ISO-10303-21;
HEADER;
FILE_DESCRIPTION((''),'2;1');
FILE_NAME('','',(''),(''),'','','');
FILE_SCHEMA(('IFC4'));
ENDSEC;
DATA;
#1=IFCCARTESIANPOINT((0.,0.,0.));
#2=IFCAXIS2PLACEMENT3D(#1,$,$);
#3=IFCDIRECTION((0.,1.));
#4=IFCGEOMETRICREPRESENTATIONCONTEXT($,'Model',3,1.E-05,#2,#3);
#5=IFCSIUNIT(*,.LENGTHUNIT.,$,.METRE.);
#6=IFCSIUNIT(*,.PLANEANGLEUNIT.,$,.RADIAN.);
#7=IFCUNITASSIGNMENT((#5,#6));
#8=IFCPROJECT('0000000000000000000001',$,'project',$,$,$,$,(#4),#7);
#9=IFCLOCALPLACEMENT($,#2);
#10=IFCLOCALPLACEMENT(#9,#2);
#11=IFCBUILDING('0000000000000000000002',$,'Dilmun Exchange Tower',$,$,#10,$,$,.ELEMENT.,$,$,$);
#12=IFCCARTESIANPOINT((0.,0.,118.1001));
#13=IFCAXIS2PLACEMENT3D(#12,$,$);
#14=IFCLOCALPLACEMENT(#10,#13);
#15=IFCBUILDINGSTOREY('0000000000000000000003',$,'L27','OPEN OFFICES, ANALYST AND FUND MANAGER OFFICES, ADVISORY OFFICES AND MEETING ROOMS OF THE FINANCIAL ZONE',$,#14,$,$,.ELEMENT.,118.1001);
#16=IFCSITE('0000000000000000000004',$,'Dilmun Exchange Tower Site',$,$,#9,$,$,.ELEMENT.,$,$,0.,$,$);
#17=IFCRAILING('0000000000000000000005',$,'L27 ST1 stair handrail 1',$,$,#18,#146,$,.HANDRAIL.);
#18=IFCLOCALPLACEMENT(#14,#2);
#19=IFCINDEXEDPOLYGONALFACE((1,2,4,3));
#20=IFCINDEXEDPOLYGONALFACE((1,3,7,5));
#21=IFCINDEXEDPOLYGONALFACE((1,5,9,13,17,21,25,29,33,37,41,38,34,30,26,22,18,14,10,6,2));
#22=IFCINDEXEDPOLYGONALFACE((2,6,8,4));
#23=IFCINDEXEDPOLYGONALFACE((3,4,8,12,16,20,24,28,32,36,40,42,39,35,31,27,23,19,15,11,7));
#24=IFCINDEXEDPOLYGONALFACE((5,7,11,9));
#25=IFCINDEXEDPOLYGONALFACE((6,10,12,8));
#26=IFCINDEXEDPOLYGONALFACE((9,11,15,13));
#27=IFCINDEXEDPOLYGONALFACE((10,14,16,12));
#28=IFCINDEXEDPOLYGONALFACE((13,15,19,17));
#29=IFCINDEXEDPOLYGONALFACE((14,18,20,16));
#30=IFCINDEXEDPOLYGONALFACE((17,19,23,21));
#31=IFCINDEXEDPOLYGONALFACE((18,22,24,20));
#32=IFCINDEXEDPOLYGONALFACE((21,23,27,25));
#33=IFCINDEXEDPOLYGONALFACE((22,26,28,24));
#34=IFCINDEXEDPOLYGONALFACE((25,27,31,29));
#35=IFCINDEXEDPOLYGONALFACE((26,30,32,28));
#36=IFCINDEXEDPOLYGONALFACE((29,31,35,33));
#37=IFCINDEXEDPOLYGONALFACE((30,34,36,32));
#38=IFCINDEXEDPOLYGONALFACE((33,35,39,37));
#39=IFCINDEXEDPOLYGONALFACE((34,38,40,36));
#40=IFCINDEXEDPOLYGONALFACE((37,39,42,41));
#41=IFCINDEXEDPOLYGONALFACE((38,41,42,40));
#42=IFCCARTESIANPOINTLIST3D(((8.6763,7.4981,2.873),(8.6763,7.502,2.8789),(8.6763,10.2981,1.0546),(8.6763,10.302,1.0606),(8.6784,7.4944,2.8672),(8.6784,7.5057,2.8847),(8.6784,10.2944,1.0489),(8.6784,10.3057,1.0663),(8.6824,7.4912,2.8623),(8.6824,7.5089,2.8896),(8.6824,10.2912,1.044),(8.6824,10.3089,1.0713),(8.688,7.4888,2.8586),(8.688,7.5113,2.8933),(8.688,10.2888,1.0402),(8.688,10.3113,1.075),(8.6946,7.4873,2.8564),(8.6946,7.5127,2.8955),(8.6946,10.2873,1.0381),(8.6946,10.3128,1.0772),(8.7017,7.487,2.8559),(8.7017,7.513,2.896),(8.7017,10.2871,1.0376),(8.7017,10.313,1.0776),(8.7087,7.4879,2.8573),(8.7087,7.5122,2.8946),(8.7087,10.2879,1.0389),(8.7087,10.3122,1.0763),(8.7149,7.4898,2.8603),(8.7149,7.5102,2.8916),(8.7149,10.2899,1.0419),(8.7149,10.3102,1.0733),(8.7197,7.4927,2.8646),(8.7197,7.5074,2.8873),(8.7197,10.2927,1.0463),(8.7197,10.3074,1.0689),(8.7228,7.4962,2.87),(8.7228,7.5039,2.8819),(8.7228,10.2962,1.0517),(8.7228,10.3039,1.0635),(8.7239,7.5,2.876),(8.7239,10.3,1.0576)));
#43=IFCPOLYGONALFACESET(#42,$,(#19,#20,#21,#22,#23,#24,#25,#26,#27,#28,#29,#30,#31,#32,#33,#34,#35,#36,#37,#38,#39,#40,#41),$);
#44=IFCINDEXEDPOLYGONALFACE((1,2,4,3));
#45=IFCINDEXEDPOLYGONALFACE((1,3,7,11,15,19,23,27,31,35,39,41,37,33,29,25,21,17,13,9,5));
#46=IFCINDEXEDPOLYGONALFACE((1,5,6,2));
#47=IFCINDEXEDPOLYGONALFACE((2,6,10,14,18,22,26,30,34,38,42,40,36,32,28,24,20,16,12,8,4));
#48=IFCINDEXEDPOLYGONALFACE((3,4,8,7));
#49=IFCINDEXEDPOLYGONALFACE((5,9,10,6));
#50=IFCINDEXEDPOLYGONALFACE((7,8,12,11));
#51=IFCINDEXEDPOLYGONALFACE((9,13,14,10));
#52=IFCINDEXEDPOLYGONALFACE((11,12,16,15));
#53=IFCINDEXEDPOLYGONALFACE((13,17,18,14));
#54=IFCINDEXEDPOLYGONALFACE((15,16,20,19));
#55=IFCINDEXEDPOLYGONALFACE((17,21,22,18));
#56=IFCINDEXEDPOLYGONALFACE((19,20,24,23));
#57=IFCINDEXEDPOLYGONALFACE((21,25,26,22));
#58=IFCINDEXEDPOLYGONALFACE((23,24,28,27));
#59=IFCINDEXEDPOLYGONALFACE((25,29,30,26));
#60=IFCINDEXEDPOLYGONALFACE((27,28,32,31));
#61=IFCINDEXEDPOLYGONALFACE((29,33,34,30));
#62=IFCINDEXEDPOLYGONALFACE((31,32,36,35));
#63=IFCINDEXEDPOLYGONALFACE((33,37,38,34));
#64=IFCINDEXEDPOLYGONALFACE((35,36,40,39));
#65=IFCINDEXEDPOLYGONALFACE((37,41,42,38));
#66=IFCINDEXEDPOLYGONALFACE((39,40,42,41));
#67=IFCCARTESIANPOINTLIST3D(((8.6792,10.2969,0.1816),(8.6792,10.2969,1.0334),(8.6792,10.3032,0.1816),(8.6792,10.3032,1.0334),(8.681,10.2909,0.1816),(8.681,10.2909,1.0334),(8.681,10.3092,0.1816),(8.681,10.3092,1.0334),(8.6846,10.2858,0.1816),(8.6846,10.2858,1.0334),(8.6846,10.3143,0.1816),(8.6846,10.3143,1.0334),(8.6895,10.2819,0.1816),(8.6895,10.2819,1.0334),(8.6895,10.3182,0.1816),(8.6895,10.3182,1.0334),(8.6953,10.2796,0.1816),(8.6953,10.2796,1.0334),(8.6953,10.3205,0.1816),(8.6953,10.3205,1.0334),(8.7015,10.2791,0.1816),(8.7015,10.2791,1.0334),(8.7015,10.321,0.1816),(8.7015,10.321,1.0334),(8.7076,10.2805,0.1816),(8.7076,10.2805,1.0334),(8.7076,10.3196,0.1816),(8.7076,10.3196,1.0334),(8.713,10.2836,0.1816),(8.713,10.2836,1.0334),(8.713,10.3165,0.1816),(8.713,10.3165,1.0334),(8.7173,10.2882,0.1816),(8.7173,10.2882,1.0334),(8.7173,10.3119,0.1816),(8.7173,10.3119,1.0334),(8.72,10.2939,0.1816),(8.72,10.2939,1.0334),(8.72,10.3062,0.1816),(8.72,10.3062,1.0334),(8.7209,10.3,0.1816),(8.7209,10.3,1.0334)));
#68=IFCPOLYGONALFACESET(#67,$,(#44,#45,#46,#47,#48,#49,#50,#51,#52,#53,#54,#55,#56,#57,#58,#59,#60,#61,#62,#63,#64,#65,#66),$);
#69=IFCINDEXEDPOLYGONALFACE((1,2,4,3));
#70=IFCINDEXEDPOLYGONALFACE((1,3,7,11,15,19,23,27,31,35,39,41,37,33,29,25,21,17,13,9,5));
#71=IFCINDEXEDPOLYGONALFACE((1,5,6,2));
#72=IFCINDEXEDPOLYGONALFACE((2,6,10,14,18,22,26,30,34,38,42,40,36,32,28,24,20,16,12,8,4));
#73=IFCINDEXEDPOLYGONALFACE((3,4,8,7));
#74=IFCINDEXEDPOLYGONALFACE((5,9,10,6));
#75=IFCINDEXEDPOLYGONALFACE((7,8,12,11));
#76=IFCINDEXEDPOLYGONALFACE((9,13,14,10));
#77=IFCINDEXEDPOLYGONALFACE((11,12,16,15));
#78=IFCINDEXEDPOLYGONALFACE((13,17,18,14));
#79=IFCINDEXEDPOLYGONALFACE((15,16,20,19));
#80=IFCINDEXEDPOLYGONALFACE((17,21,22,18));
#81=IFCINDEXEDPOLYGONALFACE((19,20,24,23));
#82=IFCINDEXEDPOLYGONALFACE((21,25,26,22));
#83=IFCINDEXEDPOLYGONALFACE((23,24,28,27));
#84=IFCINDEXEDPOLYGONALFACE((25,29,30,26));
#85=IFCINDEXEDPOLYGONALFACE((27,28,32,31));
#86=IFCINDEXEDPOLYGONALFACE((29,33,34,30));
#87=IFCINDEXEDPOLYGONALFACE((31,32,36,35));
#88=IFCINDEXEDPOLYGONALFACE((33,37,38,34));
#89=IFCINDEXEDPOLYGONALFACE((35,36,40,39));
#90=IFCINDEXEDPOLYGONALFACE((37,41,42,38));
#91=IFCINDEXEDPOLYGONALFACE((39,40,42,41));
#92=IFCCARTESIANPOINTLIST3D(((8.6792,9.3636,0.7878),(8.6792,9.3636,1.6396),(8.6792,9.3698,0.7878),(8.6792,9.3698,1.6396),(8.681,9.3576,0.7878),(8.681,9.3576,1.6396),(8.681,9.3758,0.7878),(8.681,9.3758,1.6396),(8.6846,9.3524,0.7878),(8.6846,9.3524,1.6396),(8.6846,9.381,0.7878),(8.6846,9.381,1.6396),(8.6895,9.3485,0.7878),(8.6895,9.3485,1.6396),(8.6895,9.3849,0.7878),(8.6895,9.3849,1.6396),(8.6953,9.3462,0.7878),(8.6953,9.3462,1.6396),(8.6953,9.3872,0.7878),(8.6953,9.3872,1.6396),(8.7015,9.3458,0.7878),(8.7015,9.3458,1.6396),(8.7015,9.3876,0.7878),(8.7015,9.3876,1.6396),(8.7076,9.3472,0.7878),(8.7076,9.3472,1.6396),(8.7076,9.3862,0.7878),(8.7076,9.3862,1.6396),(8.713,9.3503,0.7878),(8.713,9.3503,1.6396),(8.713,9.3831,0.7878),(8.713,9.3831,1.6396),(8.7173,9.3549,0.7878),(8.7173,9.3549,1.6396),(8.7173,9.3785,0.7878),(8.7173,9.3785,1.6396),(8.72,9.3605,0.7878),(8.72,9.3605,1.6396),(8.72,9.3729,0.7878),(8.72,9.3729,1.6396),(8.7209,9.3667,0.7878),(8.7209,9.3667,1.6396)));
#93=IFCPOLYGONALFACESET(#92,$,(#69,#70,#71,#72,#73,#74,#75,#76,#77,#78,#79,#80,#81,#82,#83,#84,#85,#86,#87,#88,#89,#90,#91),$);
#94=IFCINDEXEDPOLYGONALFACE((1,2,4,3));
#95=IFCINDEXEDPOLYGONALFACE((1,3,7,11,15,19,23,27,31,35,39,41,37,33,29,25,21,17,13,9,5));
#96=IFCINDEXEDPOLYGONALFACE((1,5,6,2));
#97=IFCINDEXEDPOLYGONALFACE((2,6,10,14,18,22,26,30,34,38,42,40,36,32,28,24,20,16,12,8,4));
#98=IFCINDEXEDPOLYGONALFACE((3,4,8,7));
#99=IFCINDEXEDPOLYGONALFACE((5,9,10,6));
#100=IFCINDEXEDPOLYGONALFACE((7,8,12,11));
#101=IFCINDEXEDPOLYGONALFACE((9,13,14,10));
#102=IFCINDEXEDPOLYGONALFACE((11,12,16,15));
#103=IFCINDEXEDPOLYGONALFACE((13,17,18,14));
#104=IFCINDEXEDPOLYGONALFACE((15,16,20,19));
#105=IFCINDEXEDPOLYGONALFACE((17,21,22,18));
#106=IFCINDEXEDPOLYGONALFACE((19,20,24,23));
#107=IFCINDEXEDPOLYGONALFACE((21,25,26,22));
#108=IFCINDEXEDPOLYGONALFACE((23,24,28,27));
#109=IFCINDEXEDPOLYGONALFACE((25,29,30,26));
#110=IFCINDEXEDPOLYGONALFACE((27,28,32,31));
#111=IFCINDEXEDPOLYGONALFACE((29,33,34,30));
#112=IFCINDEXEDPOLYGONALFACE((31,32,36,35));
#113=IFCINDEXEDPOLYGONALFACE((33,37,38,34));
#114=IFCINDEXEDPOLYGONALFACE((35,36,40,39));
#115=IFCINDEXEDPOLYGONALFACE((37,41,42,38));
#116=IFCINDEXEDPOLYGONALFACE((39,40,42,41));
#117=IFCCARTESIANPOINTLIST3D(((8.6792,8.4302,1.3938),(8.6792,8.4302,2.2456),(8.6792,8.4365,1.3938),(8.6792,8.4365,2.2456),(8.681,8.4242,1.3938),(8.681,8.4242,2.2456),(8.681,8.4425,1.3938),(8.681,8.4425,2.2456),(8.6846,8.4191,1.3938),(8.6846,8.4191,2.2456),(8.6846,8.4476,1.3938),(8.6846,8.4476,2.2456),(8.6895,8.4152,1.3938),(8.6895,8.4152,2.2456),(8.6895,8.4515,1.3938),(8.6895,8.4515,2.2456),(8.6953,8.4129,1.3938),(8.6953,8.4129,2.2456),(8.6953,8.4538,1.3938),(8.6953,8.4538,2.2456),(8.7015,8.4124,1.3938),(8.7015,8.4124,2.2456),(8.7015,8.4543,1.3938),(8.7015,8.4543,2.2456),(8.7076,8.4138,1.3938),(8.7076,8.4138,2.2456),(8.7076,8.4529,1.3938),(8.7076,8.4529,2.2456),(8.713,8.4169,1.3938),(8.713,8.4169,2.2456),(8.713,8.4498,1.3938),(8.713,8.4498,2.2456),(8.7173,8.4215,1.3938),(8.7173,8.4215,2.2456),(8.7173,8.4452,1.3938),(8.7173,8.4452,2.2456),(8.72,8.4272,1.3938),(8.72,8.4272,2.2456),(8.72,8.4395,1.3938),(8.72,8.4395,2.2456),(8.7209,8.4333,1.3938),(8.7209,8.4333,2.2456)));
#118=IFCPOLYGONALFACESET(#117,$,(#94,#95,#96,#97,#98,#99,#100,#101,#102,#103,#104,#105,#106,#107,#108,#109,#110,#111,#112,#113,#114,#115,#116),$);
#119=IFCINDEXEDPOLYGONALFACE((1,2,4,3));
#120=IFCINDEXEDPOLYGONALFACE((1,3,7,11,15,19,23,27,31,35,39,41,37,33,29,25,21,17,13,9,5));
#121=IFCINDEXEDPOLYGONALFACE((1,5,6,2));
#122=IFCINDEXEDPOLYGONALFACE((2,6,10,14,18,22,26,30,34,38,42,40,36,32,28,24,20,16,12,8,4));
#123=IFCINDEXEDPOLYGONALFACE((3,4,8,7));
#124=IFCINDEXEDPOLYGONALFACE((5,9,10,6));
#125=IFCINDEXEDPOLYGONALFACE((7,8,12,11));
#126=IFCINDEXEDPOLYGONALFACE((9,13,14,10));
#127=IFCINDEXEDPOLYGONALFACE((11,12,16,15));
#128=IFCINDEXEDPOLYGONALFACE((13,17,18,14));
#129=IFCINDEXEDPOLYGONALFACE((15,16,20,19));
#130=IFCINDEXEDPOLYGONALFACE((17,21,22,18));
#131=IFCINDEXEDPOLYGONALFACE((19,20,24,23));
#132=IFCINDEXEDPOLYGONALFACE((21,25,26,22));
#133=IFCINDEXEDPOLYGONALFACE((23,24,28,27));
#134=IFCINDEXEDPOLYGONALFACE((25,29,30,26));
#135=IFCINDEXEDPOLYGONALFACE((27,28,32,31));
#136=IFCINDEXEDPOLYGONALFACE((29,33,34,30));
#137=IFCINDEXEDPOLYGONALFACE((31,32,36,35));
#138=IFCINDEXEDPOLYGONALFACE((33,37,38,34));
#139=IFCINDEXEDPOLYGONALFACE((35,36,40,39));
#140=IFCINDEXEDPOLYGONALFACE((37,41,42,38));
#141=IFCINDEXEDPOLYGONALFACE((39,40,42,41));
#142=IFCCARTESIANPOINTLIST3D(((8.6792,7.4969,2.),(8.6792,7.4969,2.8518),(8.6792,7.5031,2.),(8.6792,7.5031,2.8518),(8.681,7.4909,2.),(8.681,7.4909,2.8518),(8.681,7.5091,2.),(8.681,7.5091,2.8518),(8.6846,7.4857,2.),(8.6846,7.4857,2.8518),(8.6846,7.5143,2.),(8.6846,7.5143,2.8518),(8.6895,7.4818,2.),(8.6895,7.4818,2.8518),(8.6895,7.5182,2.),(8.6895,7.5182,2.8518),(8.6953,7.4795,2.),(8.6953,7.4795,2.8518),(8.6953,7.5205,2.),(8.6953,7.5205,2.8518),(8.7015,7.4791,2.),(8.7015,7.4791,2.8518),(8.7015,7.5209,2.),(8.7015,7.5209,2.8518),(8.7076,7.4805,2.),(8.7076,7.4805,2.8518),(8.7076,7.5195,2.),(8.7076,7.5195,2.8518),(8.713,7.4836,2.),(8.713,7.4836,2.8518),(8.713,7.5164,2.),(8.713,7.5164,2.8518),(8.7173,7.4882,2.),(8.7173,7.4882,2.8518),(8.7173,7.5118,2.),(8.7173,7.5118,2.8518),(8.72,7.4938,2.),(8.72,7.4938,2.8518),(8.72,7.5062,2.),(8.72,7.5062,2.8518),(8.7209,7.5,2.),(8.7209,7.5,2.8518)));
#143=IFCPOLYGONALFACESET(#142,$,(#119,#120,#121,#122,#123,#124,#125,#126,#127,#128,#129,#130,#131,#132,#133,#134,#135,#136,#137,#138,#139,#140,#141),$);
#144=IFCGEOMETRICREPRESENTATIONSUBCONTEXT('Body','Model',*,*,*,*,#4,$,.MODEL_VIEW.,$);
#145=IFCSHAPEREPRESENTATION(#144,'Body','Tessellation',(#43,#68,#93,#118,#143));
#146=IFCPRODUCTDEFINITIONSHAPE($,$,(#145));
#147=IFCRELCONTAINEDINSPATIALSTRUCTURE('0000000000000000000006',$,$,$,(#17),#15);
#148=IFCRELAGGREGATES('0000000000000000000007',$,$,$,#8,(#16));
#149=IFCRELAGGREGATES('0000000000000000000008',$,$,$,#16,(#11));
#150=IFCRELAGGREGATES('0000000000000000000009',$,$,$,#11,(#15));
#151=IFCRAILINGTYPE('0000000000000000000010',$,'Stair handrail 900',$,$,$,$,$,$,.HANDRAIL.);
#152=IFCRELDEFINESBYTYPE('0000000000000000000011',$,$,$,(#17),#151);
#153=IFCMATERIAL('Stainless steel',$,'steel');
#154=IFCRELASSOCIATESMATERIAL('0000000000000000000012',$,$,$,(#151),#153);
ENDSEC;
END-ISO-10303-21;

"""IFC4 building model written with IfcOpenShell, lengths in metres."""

from ifc_helpers import new_model, si_unit, direction, frame, origin, origin_2d, place, context, subcontext, project, spatial, circle, extrude, material, type_object, element, save


model = new_model("IFC4")

# Units and contexts
model_context = context("Model", 3, precision=1e-05, world=origin(), true_north=direction((0.0, 1.0)))
body_context = subcontext(model_context, "Body", "Model", "MODEL_VIEW")
ifc_project = project(units=[si_unit("LENGTHUNIT", "METRE"), si_unit("PLANEANGLEUNIT", "RADIAN")], contexts=[model_context])

# Site, building, storey
site_placement = place(None, origin())
site = spatial("IfcSite", under=ifc_project, at=site_placement, Name="Dilmun Exchange Tower Site", CompositionType="ELEMENT", RefElevation=0.0)
building_placement = place(site_placement, origin())
building = spatial("IfcBuilding", under=site, at=building_placement, Name="Dilmun Exchange Tower", CompositionType="ELEMENT")
storey_placement = place(building_placement, frame((0.0, 0.0, 118.1001)))
storey = spatial("IfcBuildingStorey", under=building, at=storey_placement, Name="L27", Description="OPEN OFFICES, ANALYST AND FUND MANAGER OFFICES, ADVISORY OFFICES AND MEETING ROOMS OF THE FINANCIAL ZONE", CompositionType="ELEMENT", Elevation=118.1001)

# Railing
ifc_material_1 = material(Name="Stainless steel", Category="steel")
railing_type = type_object("IfcRailingType", Name="Stair handrail 900", PredefinedType="HANDRAIL", material=ifc_material_1)
railing_placement = place(storey_placement, frame((8.7, 10.3, 0.1816)))
element("IfcRailing", 1, at=railing_placement, inside=storey, type_object=railing_type, Name="L27 ST1 stair handrail 1", PredefinedType="HANDRAIL", context=body_context, shape_type="SweptSolid", body=[
    extrude(circle(Radius=0.0239, at=origin_2d()), frame((0.0, 0.0, 0.876), z_axis=(0.0, -0.838672, 0.544636), x_axis=(1.0, 0.0, 0.0)), (0.0, 0.0, 1.0), 3.3386),
    extrude(circle(Radius=0.021, at=origin_2d()), origin(), (0.0, 0.0, 1.0), 0.8518),
    extrude(circle(Radius=0.021, at=origin_2d()), frame((0.0, -0.9333, 0.6062)), (0.0, 0.0, 1.0), 0.8518),
    extrude(circle(Radius=0.021, at=origin_2d()), frame((0.0, -1.8667, 1.2122)), (0.0, 0.0, 1.0), 0.8518),
    extrude(circle(Radius=0.021, at=origin_2d()), frame((0.0, -2.8, 1.8184)), (0.0, 0.0, 1.0), 0.8518),
])

save(model, "model.ifc")
